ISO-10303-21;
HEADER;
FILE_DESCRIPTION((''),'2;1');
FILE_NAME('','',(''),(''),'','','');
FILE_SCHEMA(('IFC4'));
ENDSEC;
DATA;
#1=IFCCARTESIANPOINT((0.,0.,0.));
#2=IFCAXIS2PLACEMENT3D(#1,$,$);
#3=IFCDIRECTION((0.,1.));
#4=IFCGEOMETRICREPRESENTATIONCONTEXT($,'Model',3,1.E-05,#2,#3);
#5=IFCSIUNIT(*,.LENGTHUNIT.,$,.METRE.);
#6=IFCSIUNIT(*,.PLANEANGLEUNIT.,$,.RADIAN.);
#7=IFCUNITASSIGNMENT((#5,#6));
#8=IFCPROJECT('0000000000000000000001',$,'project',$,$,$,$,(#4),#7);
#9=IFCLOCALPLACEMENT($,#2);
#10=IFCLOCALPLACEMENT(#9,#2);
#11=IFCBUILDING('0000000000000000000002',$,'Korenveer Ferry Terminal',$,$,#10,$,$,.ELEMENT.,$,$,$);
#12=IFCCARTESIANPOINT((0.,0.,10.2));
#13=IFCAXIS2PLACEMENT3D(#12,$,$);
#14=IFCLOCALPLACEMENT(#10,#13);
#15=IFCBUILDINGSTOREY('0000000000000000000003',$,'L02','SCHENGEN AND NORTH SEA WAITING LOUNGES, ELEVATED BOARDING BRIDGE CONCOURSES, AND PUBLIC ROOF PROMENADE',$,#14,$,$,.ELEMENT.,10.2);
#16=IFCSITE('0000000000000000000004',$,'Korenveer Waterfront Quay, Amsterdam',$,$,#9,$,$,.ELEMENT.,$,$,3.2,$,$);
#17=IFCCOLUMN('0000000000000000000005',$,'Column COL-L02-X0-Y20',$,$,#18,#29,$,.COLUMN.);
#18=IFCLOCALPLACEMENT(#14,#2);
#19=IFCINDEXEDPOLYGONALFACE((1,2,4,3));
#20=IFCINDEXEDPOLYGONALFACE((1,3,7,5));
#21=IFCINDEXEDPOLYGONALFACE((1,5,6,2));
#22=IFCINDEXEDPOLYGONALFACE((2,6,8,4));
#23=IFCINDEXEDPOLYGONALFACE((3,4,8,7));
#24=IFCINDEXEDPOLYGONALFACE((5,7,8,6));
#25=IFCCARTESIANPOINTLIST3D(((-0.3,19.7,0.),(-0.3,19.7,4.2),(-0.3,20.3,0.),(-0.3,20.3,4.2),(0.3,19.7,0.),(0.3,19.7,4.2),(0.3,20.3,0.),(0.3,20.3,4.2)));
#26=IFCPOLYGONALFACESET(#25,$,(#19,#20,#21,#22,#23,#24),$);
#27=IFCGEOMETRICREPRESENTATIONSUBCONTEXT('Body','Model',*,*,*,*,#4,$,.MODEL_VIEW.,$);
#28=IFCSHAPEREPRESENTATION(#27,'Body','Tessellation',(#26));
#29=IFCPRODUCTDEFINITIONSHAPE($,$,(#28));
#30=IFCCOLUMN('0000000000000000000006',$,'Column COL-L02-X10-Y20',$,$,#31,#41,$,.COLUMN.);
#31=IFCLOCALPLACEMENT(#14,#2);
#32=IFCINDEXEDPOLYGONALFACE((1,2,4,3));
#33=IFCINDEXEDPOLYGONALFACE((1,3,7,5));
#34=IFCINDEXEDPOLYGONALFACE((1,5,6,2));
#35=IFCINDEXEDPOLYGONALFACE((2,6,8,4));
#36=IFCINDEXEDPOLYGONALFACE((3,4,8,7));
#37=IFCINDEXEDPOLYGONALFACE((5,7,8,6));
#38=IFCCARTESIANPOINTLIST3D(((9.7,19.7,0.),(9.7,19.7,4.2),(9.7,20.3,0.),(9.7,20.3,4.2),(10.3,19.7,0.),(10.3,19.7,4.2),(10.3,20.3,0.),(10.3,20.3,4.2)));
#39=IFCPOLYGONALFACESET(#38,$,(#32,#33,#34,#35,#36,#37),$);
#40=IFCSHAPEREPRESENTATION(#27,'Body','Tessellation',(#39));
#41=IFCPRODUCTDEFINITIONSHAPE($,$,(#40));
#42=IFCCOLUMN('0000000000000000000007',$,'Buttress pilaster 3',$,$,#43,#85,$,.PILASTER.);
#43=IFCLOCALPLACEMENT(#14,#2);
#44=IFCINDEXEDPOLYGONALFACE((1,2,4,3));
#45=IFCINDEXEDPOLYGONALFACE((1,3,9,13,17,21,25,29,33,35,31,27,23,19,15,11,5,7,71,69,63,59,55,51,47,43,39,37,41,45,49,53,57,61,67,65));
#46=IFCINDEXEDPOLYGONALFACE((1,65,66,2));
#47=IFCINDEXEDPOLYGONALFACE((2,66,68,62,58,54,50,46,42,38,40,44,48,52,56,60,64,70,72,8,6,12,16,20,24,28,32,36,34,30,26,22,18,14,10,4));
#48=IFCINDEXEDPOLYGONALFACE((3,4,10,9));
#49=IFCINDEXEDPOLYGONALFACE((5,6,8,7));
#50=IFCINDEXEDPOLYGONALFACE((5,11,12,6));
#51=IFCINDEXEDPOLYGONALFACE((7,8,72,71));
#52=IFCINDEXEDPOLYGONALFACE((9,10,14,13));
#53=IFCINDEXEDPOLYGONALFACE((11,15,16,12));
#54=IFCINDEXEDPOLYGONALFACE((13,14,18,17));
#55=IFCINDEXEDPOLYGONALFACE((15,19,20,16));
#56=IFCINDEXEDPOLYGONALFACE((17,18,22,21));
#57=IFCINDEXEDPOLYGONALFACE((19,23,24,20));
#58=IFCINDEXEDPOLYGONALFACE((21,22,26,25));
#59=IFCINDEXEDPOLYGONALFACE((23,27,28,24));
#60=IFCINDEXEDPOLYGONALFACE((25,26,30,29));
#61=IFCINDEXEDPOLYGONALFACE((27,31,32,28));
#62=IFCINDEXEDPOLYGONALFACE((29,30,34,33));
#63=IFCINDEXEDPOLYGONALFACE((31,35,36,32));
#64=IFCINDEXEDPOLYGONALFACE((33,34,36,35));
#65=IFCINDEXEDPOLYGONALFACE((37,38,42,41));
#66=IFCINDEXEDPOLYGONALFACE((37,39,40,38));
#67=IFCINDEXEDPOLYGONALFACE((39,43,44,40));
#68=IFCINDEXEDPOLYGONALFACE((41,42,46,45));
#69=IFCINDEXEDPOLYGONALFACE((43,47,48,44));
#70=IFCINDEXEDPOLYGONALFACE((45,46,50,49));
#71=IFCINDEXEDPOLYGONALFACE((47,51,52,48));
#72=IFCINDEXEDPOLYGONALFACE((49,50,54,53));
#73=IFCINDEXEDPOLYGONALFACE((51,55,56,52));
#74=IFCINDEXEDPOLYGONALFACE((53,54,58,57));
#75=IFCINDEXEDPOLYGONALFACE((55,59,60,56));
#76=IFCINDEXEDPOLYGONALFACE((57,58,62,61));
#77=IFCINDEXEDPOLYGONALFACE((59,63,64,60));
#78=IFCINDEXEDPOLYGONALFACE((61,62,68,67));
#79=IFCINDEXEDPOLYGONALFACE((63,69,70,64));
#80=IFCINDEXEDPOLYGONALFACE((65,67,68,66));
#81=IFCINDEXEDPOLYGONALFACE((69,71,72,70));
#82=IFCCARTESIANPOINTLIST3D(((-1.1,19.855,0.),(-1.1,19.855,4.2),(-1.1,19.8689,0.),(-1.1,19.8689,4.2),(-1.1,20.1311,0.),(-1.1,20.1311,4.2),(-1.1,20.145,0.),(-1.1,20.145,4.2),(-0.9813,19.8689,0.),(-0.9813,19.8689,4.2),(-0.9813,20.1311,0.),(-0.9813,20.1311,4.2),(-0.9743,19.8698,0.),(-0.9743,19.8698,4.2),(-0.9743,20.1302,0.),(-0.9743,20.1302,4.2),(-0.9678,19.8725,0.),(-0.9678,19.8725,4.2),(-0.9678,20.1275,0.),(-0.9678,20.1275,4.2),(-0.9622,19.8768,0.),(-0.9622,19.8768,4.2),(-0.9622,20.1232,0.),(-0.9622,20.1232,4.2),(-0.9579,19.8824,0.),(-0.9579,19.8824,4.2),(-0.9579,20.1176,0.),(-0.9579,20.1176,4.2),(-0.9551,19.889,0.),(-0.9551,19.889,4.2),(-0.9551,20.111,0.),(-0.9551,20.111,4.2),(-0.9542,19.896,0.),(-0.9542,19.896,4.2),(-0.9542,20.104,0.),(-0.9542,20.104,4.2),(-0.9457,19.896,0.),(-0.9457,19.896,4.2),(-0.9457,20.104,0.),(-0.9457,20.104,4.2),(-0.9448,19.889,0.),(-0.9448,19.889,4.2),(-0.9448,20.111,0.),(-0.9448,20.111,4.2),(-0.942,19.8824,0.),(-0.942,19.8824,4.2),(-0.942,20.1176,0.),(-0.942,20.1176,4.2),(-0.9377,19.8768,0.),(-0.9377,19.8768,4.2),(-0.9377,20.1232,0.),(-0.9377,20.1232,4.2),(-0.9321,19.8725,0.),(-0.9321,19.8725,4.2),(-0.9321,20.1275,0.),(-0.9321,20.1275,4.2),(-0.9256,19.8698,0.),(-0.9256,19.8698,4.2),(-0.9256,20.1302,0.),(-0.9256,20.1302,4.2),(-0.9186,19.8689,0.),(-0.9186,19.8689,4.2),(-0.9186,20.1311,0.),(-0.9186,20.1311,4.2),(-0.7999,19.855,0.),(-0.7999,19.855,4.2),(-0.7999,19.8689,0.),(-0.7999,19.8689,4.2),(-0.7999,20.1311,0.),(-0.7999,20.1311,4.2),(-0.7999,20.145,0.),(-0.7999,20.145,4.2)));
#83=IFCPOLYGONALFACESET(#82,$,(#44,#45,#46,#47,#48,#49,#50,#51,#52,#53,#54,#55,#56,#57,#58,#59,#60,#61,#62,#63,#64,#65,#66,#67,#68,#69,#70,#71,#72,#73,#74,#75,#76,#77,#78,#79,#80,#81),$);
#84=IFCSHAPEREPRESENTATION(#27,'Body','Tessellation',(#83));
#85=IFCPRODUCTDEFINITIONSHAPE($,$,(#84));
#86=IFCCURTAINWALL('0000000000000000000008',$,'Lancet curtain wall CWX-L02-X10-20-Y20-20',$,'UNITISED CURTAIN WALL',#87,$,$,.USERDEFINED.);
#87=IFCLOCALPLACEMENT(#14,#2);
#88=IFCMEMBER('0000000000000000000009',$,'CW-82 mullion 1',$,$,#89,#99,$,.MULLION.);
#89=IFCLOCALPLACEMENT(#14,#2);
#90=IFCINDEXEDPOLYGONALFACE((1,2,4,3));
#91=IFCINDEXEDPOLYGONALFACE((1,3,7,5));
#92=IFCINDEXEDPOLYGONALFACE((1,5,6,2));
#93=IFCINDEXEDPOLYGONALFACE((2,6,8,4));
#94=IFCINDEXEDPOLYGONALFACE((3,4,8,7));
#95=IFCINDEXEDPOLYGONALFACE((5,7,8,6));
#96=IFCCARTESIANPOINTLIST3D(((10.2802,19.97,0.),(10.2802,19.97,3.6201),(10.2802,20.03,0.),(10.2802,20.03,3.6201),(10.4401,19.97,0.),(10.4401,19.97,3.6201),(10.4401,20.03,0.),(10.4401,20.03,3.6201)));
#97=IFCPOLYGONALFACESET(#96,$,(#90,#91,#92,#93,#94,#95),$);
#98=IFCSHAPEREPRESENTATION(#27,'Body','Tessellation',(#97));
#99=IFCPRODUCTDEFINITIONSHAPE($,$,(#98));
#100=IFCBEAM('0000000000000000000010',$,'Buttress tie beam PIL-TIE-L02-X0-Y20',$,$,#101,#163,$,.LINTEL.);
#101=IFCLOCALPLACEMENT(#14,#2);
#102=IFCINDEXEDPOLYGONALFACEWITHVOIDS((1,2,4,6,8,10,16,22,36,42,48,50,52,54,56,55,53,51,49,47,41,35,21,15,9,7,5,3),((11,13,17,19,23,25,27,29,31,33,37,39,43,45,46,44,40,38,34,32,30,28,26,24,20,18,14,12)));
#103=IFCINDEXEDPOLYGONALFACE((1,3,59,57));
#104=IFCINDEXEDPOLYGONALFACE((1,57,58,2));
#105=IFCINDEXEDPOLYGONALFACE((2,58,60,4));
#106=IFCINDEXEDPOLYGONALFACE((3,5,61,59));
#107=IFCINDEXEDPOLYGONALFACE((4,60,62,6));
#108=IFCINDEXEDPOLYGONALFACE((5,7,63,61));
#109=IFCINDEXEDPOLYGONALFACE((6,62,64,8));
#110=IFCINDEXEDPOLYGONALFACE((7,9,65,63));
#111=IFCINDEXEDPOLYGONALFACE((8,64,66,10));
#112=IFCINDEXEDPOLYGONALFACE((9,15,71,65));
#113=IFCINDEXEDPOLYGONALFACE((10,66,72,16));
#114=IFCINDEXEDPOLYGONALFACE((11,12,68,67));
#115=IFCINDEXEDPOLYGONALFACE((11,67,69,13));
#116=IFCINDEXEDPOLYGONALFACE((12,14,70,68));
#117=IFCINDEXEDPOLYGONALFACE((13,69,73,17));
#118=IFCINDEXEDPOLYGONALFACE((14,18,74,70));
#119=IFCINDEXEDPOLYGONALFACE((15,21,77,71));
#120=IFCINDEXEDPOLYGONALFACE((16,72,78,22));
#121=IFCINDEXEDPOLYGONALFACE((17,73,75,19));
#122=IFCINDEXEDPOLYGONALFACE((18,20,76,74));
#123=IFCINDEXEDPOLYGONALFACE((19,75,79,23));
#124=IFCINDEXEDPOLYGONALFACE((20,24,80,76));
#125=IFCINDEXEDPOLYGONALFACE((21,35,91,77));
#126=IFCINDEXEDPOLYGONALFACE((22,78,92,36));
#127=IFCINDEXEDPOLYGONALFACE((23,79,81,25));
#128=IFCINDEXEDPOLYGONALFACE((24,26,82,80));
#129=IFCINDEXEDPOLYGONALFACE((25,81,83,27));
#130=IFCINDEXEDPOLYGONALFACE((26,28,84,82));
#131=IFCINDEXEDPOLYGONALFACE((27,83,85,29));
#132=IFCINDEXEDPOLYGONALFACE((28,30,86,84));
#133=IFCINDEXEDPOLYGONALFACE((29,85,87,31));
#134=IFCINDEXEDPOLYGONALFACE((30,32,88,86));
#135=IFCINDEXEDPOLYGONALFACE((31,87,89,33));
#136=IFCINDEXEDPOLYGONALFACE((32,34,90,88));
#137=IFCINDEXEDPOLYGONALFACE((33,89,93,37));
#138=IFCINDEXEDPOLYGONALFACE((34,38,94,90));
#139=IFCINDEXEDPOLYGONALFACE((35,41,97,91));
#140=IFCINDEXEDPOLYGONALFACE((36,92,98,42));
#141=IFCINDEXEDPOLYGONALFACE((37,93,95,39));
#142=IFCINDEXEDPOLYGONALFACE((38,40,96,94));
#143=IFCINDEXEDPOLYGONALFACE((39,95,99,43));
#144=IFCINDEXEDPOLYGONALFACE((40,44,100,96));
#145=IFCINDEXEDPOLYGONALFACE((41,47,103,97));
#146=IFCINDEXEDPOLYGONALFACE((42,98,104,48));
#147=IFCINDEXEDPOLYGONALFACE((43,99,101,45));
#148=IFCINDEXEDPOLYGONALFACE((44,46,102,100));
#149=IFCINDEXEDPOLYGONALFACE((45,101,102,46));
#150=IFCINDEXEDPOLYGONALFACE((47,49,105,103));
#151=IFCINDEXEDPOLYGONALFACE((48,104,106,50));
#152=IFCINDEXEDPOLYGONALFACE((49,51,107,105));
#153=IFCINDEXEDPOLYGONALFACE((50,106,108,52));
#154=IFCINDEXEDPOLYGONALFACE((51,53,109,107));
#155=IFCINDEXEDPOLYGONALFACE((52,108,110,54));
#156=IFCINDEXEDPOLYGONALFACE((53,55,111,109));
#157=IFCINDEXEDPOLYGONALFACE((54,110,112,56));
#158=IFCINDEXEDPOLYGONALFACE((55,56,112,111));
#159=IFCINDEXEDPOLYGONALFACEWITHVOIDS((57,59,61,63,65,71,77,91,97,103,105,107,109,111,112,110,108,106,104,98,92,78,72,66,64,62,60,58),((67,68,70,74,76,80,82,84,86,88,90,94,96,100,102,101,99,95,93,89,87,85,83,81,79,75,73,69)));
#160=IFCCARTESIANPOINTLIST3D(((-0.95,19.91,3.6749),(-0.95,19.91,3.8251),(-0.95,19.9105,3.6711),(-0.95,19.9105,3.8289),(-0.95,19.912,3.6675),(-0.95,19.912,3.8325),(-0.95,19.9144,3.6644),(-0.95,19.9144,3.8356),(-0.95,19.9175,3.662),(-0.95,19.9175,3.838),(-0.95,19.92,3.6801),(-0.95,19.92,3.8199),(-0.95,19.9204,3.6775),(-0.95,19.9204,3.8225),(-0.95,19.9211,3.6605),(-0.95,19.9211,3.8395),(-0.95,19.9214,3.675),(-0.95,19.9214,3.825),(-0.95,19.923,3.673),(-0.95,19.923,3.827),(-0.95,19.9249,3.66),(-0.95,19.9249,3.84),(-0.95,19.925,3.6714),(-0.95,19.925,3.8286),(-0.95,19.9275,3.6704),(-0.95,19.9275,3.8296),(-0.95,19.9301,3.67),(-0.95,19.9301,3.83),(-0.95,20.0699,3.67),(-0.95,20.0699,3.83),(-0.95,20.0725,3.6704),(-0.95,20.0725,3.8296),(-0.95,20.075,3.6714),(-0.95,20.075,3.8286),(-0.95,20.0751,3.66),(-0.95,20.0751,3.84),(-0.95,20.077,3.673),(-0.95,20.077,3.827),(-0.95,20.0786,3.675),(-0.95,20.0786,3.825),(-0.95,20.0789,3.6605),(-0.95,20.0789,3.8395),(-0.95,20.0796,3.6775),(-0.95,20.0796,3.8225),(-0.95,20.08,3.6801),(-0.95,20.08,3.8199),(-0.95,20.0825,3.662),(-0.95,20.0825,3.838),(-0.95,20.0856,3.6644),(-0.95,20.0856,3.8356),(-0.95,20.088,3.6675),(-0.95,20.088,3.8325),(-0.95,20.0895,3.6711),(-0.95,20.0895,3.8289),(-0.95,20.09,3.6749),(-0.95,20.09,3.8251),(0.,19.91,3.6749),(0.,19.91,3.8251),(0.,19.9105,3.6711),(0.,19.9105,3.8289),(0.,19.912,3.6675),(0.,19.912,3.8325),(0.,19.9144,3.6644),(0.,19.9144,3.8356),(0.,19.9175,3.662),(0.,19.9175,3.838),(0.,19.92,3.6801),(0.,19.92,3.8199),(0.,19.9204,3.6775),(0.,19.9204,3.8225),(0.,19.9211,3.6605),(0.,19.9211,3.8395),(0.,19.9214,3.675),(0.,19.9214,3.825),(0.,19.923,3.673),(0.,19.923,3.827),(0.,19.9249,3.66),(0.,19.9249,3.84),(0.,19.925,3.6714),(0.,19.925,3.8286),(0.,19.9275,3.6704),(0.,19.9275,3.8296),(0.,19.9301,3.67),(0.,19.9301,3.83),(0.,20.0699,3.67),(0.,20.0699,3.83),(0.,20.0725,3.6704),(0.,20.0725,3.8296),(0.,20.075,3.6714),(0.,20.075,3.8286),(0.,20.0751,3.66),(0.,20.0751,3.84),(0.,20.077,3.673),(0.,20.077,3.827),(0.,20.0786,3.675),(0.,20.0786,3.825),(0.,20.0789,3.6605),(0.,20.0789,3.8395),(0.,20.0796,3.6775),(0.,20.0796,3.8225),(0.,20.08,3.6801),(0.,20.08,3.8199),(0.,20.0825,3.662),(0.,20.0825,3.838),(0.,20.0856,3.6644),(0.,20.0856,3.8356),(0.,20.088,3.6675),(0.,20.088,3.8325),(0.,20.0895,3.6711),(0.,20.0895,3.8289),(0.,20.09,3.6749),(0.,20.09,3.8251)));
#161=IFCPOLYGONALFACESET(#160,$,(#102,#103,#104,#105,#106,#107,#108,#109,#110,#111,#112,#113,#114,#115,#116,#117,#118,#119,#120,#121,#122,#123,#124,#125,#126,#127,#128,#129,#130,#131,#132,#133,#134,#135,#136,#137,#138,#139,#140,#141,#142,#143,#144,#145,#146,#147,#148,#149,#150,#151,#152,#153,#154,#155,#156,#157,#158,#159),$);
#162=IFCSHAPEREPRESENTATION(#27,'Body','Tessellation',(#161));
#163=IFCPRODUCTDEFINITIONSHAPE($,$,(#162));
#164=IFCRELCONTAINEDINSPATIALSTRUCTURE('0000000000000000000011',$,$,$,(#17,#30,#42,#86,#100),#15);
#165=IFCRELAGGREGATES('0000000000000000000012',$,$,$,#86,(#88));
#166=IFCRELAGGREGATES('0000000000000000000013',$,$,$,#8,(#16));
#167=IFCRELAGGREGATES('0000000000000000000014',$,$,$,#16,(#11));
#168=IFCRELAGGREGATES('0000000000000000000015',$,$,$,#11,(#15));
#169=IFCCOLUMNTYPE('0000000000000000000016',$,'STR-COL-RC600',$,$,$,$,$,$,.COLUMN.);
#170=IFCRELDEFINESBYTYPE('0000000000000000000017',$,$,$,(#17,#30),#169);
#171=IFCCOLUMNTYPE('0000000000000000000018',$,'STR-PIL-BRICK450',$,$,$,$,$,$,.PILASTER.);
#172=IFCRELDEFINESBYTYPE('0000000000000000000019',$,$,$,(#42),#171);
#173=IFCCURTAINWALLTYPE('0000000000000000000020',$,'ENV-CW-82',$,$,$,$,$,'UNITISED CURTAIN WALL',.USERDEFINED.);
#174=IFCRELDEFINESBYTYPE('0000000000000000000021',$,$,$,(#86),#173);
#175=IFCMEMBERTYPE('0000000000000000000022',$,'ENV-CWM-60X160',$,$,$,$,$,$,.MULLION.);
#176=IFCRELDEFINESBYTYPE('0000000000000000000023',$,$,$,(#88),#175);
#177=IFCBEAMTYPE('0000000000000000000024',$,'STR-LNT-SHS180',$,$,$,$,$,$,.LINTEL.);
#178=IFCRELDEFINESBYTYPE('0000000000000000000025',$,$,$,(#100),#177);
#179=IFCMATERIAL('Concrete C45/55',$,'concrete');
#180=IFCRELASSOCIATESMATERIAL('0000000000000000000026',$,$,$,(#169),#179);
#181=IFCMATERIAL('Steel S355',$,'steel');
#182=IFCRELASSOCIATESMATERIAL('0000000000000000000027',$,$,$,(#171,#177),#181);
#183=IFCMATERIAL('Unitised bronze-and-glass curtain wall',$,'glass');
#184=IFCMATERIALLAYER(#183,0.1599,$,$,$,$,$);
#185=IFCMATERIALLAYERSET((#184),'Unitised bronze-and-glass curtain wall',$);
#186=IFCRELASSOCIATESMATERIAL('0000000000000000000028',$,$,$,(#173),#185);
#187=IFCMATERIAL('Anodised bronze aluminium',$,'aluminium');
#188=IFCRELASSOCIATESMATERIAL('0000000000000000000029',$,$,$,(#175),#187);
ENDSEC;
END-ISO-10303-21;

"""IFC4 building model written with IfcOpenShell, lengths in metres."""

from ifc_helpers import new_model, si_unit, direction, frame, origin, origin_2d, place, context, subcontext, project, spatial, rectangle, hollow_rectangle, i_section, extrude, material, layer, layer_set, material_profile, profile_set, type_object, element, aggregate, save


model = new_model("IFC4")

# Units and contexts
model_context = context("Model", 3, precision=1e-05, world=origin(), true_north=direction((0.0, 1.0)))
body_context = subcontext(model_context, "Body", "Model", "MODEL_VIEW")
ifc_project = project(units=[si_unit("LENGTHUNIT", "METRE"), si_unit("PLANEANGLEUNIT", "RADIAN")], contexts=[model_context])

# Site, building, storey
site_placement = place(None, origin())
site = spatial("IfcSite", under=ifc_project, at=site_placement, Name="Korenveer Waterfront Quay, Amsterdam", CompositionType="ELEMENT", RefElevation=3.2)
building_placement = place(site_placement, origin())
building = spatial("IfcBuilding", under=site, at=building_placement, Name="Korenveer Ferry Terminal", CompositionType="ELEMENT")
storey_placement = place(building_placement, frame((0.0, 0.0, 10.2)))
storey = spatial("IfcBuildingStorey", under=building, at=storey_placement, Name="L02", Description="SCHENGEN AND NORTH SEA WAITING LOUNGES, ELEVATED BOARDING BRIDGE CONCOURSES, AND PUBLIC ROOF PROMENADE", CompositionType="ELEMENT", Elevation=10.2)

# Columns
ifc_material_1 = material(Name="Concrete C45/55", Category="concrete")
ifc_material_profile_1 = material_profile(ifc_material_1, rectangle(XDim=0.6001, YDim=0.6001, at=origin_2d()), Name="RC 600x600")
ifc_profile_set_1 = profile_set([ifc_material_profile_1], Name="Concrete C45/55")
column_type_1 = type_object("IfcColumnType", Name="STR-COL-RC600", PredefinedType="COLUMN", material=ifc_profile_set_1)
for number, where, z_axis, x_axis, name in (
    (1, (0.0, 20.0, 0.0), (0.0, 0.0, 1.0), (1.0, 0.0, 0.0), "Column COL-L02-X0-Y20"),
    (2, (10.0, 20.0, 0.0), (0.0, 0.0, 1.0), (1.0, 0.0, 0.0), "Column COL-L02-X10-Y20"),
):
    element("IfcColumn", number, at=place(storey_placement, frame(where, z_axis=z_axis, x_axis=x_axis)), inside=storey, type_object=column_type_1, Name=name, PredefinedType="COLUMN", context=body_context, shape_type="SweptSolid", body=[
        extrude(rectangle(XDim=0.6001, YDim=0.6001, at=origin_2d()), origin(), (0.0, 0.0, 1.0), 4.2),
    ])
ifc_material_2 = material(Name="Steel S355", Category="steel")
ifc_material_profile_2 = material_profile(ifc_material_2, i_section(OverallWidth=0.3, OverallDepth=0.29, WebThickness=0.0085, FlangeThickness=0.0139, FilletRadius=0.0271, at=origin_2d()), Name="HEA 300")
ifc_profile_set_2 = profile_set([ifc_material_profile_2], Name="Steel S355")
column_type_2 = type_object("IfcColumnType", Name="STR-PIL-BRICK450", PredefinedType="PILASTER", material=ifc_profile_set_2)
column_placement = place(storey_placement, frame((-0.95, 20.0, 0.0), z_axis=(0.0, 0.0, 1.0), x_axis=(1.0, 0.0, 0.0)))
element("IfcColumn", 3, at=column_placement, inside=storey, type_object=column_type_2, Name="Buttress pilaster 3", PredefinedType="PILASTER", context=body_context, shape_type="SweptSolid", body=[
    extrude(i_section(OverallWidth=0.3, OverallDepth=0.29, WebThickness=0.0085, FlangeThickness=0.0139, FilletRadius=0.0271, at=origin_2d()), origin(), (0.0, 0.0, 1.0), 4.2),
])

# Curtain wall, member
ifc_material_3 = material(Name="Unitised bronze-and-glass curtain wall", Category="glass")
ifc_layer_1 = layer(ifc_material_3, 0.1599)
ifc_layer_set_1 = layer_set([ifc_layer_1], Name="Unitised bronze-and-glass curtain wall")
curtain_wall_type = type_object("IfcCurtainWallType", Name="ENV-CW-82", ElementType="UNITISED CURTAIN WALL", PredefinedType="USERDEFINED", material=ifc_layer_set_1)
curtain_wall_placement = place(storey_placement, frame((10.3301, 20.0, 0.0)))
curtain_wall = element("IfcCurtainWall", 4, at=curtain_wall_placement, inside=storey, type_object=curtain_wall_type, Name="Lancet curtain wall CWX-L02-X10-20-Y20-20", ObjectType="UNITISED CURTAIN WALL", PredefinedType="USERDEFINED")
ifc_material_4 = material(Name="Anodised bronze aluminium", Category="aluminium")
ifc_material_profile_3 = material_profile(ifc_material_4, rectangle(XDim=0.0601, YDim=0.1599, at=origin_2d()), Name="ALU 60x160")
ifc_profile_set_3 = profile_set([ifc_material_profile_3], Name="Anodised bronze aluminium")
member_type = type_object("IfcMemberType", Name="ENV-CWM-60X160", PredefinedType="MULLION", material=ifc_profile_set_3)
member_placement = place(storey_placement, frame((10.3601, 20.0, 0.0), z_axis=(0.0, 0.0, 1.0), x_axis=(0.0, 1.0, 0.0)))
member = element("IfcMember", 5, at=member_placement, type_object=member_type, Name="CW-82 mullion 1", PredefinedType="MULLION", context=body_context, shape_type="SweptSolid", body=[
    extrude(rectangle(XDim=0.0601, YDim=0.1599, at=origin_2d()), origin(), (0.0, 0.0, 1.0), 3.6201),
])
aggregate(curtain_wall, [member])

# Beam
ifc_material_profile_4 = material_profile(ifc_material_2, hollow_rectangle(XDim=0.1799, YDim=0.1799, WallThickness=0.01, InnerFilletRadius=0.01, OuterFilletRadius=0.0149, at=origin_2d()), Name="SHS 180x180x10")
ifc_profile_set_4 = profile_set([ifc_material_profile_4], Name="Steel S355")
beam_type_1 = type_object("IfcBeamType", Name="STR-LNT-SHS180", PredefinedType="LINTEL", material=ifc_profile_set_4)
beam_placement = place(storey_placement, frame((-0.95, 20.0, 3.75), z_axis=(1.0, 0.0, 0.0), x_axis=(0.0, 1.0, 0.0)))
element("IfcBeam", 6, at=beam_placement, inside=storey, type_object=beam_type_1, Name="Buttress tie beam PIL-TIE-L02-X0-Y20", PredefinedType="LINTEL", context=body_context, shape_type="SweptSolid", body=[
    extrude(hollow_rectangle(XDim=0.1799, YDim=0.1799, WallThickness=0.01, InnerFilletRadius=0.01, OuterFilletRadius=0.0149, at=origin_2d()), origin(), (0.0, 0.0, 1.0), 0.95),
])

save(model, "model.ifc")
